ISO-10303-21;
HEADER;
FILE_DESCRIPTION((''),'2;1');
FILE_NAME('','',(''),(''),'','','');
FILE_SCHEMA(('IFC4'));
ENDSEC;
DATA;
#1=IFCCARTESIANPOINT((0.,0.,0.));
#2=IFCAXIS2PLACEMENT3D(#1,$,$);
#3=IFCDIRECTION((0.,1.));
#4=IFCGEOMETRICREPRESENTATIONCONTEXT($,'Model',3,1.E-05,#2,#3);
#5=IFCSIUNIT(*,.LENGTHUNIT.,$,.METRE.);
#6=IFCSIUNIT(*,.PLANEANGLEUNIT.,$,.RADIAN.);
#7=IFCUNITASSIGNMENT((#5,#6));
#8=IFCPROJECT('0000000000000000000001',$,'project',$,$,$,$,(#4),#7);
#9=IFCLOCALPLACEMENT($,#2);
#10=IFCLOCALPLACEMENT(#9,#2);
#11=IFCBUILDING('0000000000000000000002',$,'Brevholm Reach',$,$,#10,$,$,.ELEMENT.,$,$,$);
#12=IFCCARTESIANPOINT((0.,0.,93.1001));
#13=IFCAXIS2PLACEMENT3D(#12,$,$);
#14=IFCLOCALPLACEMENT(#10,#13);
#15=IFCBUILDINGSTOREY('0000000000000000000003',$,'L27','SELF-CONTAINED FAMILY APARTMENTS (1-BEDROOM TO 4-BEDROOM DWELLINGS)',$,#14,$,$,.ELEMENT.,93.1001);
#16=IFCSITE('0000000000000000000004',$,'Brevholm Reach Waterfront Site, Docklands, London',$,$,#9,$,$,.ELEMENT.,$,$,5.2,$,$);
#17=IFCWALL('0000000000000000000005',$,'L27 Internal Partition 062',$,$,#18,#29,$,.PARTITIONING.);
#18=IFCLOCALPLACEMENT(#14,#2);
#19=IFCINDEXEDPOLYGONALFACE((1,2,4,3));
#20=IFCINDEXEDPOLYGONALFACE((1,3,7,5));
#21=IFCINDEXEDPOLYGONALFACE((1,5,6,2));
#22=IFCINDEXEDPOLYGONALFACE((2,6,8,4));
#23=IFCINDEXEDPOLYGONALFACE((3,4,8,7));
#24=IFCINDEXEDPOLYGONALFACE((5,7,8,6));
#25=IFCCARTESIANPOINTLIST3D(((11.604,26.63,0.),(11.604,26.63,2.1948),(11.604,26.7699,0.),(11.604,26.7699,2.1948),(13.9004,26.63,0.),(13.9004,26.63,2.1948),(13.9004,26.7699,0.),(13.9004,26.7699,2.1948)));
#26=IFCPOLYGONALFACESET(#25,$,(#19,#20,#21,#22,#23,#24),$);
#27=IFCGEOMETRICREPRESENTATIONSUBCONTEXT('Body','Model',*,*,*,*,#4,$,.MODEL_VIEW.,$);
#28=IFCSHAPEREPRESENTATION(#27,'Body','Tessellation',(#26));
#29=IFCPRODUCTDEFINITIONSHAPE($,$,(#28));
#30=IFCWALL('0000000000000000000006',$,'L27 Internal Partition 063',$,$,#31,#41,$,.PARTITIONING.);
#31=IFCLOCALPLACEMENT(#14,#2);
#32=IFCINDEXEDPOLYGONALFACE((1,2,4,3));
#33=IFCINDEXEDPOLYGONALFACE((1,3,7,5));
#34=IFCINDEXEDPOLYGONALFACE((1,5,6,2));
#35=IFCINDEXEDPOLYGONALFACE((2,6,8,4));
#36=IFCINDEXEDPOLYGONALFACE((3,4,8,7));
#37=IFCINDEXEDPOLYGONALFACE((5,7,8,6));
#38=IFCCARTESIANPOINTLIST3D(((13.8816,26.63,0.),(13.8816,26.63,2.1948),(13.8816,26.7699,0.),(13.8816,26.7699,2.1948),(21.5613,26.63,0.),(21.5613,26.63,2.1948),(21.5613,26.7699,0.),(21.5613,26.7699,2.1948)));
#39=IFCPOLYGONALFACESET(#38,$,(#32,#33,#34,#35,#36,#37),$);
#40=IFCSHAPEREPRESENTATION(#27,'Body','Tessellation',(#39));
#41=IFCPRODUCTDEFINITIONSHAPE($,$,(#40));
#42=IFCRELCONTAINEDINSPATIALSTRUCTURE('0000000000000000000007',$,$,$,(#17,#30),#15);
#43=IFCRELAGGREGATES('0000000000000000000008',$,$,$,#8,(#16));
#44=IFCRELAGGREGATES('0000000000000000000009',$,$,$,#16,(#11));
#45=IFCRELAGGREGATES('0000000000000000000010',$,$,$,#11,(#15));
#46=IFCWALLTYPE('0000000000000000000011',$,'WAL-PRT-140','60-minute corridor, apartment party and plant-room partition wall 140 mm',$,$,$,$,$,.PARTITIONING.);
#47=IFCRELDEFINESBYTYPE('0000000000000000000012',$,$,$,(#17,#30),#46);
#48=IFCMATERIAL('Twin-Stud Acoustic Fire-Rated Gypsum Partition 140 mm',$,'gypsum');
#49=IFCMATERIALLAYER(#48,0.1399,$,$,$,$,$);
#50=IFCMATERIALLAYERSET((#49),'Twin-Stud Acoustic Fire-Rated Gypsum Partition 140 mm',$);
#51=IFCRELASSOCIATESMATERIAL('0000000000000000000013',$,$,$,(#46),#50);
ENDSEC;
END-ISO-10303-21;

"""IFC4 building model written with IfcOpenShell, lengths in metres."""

from ifc_helpers import new_model, si_unit, direction, frame, frame_2d, origin, place, context, subcontext, project, spatial, rectangle, extrude, material, layer, layer_set, type_object, element, save


model = new_model("IFC4")

# Units and contexts
model_context = context("Model", 3, precision=1e-05, world=origin(), true_north=direction((0.0, 1.0)))
body_context = subcontext(model_context, "Body", "Model", "MODEL_VIEW")
ifc_project = project(units=[si_unit("LENGTHUNIT", "METRE"), si_unit("PLANEANGLEUNIT", "RADIAN")], contexts=[model_context])

# Site, building, storey
site_placement = place(None, origin())
site = spatial("IfcSite", under=ifc_project, at=site_placement, Name="Brevholm Reach Waterfront Site, Docklands, London", CompositionType="ELEMENT", RefElevation=5.2)
building_placement = place(site_placement, origin())
building = spatial("IfcBuilding", under=site, at=building_placement, Name="Brevholm Reach", CompositionType="ELEMENT")
storey_placement = place(building_placement, frame((0.0, 0.0, 93.1001)))
storey = spatial("IfcBuildingStorey", under=building, at=storey_placement, Name="L27", Description="SELF-CONTAINED FAMILY APARTMENTS (1-BEDROOM TO 4-BEDROOM DWELLINGS)", CompositionType="ELEMENT", Elevation=93.1001)

# Shared definitions
ifc_material_1 = material(Name="Twin-Stud Acoustic Fire-Rated Gypsum Partition 140 mm", Category="gypsum")
ifc_layer_1 = layer(ifc_material_1, 0.1399)
ifc_layer_set_1 = layer_set([ifc_layer_1], Name="Twin-Stud Acoustic Fire-Rated Gypsum Partition 140 mm")
wall_type_1 = type_object("IfcWallType", Name="WAL-PRT-140", Description="60-minute corridor, apartment party and plant-room partition wall 140 mm", PredefinedType="PARTITIONING", material=ifc_layer_set_1)

# Walls
wall_1_placement = place(storey_placement, frame((11.604, 26.7, 0.0), z_axis=(0.0, 0.0, 1.0), x_axis=(1.0, 0.0, 0.0)))
element("IfcWall", 1, at=wall_1_placement, inside=storey, type_object=wall_type_1, Name="L27 Internal Partition 062", PredefinedType="PARTITIONING", context=body_context, shape_type="SweptSolid", body=[
    extrude(rectangle(XDim=2.2964, YDim=0.1399, at=frame_2d((1.1482, 0.0))), origin(), (0.0, 0.0, 1.0), 2.1948),
])
wall_2_placement = place(storey_placement, frame((13.8816, 26.7, 0.0), z_axis=(0.0, 0.0, 1.0), x_axis=(1.0, 0.0, 0.0)))
element("IfcWall", 2, at=wall_2_placement, inside=storey, type_object=wall_type_1, Name="L27 Internal Partition 063", PredefinedType="PARTITIONING", context=body_context, shape_type="SweptSolid", body=[
    extrude(rectangle(XDim=7.6797, YDim=0.1399, at=frame_2d((3.8398, 0.0))), origin(), (0.0, 0.0, 1.0), 2.1948),
])

save(model, "model.ifc")
